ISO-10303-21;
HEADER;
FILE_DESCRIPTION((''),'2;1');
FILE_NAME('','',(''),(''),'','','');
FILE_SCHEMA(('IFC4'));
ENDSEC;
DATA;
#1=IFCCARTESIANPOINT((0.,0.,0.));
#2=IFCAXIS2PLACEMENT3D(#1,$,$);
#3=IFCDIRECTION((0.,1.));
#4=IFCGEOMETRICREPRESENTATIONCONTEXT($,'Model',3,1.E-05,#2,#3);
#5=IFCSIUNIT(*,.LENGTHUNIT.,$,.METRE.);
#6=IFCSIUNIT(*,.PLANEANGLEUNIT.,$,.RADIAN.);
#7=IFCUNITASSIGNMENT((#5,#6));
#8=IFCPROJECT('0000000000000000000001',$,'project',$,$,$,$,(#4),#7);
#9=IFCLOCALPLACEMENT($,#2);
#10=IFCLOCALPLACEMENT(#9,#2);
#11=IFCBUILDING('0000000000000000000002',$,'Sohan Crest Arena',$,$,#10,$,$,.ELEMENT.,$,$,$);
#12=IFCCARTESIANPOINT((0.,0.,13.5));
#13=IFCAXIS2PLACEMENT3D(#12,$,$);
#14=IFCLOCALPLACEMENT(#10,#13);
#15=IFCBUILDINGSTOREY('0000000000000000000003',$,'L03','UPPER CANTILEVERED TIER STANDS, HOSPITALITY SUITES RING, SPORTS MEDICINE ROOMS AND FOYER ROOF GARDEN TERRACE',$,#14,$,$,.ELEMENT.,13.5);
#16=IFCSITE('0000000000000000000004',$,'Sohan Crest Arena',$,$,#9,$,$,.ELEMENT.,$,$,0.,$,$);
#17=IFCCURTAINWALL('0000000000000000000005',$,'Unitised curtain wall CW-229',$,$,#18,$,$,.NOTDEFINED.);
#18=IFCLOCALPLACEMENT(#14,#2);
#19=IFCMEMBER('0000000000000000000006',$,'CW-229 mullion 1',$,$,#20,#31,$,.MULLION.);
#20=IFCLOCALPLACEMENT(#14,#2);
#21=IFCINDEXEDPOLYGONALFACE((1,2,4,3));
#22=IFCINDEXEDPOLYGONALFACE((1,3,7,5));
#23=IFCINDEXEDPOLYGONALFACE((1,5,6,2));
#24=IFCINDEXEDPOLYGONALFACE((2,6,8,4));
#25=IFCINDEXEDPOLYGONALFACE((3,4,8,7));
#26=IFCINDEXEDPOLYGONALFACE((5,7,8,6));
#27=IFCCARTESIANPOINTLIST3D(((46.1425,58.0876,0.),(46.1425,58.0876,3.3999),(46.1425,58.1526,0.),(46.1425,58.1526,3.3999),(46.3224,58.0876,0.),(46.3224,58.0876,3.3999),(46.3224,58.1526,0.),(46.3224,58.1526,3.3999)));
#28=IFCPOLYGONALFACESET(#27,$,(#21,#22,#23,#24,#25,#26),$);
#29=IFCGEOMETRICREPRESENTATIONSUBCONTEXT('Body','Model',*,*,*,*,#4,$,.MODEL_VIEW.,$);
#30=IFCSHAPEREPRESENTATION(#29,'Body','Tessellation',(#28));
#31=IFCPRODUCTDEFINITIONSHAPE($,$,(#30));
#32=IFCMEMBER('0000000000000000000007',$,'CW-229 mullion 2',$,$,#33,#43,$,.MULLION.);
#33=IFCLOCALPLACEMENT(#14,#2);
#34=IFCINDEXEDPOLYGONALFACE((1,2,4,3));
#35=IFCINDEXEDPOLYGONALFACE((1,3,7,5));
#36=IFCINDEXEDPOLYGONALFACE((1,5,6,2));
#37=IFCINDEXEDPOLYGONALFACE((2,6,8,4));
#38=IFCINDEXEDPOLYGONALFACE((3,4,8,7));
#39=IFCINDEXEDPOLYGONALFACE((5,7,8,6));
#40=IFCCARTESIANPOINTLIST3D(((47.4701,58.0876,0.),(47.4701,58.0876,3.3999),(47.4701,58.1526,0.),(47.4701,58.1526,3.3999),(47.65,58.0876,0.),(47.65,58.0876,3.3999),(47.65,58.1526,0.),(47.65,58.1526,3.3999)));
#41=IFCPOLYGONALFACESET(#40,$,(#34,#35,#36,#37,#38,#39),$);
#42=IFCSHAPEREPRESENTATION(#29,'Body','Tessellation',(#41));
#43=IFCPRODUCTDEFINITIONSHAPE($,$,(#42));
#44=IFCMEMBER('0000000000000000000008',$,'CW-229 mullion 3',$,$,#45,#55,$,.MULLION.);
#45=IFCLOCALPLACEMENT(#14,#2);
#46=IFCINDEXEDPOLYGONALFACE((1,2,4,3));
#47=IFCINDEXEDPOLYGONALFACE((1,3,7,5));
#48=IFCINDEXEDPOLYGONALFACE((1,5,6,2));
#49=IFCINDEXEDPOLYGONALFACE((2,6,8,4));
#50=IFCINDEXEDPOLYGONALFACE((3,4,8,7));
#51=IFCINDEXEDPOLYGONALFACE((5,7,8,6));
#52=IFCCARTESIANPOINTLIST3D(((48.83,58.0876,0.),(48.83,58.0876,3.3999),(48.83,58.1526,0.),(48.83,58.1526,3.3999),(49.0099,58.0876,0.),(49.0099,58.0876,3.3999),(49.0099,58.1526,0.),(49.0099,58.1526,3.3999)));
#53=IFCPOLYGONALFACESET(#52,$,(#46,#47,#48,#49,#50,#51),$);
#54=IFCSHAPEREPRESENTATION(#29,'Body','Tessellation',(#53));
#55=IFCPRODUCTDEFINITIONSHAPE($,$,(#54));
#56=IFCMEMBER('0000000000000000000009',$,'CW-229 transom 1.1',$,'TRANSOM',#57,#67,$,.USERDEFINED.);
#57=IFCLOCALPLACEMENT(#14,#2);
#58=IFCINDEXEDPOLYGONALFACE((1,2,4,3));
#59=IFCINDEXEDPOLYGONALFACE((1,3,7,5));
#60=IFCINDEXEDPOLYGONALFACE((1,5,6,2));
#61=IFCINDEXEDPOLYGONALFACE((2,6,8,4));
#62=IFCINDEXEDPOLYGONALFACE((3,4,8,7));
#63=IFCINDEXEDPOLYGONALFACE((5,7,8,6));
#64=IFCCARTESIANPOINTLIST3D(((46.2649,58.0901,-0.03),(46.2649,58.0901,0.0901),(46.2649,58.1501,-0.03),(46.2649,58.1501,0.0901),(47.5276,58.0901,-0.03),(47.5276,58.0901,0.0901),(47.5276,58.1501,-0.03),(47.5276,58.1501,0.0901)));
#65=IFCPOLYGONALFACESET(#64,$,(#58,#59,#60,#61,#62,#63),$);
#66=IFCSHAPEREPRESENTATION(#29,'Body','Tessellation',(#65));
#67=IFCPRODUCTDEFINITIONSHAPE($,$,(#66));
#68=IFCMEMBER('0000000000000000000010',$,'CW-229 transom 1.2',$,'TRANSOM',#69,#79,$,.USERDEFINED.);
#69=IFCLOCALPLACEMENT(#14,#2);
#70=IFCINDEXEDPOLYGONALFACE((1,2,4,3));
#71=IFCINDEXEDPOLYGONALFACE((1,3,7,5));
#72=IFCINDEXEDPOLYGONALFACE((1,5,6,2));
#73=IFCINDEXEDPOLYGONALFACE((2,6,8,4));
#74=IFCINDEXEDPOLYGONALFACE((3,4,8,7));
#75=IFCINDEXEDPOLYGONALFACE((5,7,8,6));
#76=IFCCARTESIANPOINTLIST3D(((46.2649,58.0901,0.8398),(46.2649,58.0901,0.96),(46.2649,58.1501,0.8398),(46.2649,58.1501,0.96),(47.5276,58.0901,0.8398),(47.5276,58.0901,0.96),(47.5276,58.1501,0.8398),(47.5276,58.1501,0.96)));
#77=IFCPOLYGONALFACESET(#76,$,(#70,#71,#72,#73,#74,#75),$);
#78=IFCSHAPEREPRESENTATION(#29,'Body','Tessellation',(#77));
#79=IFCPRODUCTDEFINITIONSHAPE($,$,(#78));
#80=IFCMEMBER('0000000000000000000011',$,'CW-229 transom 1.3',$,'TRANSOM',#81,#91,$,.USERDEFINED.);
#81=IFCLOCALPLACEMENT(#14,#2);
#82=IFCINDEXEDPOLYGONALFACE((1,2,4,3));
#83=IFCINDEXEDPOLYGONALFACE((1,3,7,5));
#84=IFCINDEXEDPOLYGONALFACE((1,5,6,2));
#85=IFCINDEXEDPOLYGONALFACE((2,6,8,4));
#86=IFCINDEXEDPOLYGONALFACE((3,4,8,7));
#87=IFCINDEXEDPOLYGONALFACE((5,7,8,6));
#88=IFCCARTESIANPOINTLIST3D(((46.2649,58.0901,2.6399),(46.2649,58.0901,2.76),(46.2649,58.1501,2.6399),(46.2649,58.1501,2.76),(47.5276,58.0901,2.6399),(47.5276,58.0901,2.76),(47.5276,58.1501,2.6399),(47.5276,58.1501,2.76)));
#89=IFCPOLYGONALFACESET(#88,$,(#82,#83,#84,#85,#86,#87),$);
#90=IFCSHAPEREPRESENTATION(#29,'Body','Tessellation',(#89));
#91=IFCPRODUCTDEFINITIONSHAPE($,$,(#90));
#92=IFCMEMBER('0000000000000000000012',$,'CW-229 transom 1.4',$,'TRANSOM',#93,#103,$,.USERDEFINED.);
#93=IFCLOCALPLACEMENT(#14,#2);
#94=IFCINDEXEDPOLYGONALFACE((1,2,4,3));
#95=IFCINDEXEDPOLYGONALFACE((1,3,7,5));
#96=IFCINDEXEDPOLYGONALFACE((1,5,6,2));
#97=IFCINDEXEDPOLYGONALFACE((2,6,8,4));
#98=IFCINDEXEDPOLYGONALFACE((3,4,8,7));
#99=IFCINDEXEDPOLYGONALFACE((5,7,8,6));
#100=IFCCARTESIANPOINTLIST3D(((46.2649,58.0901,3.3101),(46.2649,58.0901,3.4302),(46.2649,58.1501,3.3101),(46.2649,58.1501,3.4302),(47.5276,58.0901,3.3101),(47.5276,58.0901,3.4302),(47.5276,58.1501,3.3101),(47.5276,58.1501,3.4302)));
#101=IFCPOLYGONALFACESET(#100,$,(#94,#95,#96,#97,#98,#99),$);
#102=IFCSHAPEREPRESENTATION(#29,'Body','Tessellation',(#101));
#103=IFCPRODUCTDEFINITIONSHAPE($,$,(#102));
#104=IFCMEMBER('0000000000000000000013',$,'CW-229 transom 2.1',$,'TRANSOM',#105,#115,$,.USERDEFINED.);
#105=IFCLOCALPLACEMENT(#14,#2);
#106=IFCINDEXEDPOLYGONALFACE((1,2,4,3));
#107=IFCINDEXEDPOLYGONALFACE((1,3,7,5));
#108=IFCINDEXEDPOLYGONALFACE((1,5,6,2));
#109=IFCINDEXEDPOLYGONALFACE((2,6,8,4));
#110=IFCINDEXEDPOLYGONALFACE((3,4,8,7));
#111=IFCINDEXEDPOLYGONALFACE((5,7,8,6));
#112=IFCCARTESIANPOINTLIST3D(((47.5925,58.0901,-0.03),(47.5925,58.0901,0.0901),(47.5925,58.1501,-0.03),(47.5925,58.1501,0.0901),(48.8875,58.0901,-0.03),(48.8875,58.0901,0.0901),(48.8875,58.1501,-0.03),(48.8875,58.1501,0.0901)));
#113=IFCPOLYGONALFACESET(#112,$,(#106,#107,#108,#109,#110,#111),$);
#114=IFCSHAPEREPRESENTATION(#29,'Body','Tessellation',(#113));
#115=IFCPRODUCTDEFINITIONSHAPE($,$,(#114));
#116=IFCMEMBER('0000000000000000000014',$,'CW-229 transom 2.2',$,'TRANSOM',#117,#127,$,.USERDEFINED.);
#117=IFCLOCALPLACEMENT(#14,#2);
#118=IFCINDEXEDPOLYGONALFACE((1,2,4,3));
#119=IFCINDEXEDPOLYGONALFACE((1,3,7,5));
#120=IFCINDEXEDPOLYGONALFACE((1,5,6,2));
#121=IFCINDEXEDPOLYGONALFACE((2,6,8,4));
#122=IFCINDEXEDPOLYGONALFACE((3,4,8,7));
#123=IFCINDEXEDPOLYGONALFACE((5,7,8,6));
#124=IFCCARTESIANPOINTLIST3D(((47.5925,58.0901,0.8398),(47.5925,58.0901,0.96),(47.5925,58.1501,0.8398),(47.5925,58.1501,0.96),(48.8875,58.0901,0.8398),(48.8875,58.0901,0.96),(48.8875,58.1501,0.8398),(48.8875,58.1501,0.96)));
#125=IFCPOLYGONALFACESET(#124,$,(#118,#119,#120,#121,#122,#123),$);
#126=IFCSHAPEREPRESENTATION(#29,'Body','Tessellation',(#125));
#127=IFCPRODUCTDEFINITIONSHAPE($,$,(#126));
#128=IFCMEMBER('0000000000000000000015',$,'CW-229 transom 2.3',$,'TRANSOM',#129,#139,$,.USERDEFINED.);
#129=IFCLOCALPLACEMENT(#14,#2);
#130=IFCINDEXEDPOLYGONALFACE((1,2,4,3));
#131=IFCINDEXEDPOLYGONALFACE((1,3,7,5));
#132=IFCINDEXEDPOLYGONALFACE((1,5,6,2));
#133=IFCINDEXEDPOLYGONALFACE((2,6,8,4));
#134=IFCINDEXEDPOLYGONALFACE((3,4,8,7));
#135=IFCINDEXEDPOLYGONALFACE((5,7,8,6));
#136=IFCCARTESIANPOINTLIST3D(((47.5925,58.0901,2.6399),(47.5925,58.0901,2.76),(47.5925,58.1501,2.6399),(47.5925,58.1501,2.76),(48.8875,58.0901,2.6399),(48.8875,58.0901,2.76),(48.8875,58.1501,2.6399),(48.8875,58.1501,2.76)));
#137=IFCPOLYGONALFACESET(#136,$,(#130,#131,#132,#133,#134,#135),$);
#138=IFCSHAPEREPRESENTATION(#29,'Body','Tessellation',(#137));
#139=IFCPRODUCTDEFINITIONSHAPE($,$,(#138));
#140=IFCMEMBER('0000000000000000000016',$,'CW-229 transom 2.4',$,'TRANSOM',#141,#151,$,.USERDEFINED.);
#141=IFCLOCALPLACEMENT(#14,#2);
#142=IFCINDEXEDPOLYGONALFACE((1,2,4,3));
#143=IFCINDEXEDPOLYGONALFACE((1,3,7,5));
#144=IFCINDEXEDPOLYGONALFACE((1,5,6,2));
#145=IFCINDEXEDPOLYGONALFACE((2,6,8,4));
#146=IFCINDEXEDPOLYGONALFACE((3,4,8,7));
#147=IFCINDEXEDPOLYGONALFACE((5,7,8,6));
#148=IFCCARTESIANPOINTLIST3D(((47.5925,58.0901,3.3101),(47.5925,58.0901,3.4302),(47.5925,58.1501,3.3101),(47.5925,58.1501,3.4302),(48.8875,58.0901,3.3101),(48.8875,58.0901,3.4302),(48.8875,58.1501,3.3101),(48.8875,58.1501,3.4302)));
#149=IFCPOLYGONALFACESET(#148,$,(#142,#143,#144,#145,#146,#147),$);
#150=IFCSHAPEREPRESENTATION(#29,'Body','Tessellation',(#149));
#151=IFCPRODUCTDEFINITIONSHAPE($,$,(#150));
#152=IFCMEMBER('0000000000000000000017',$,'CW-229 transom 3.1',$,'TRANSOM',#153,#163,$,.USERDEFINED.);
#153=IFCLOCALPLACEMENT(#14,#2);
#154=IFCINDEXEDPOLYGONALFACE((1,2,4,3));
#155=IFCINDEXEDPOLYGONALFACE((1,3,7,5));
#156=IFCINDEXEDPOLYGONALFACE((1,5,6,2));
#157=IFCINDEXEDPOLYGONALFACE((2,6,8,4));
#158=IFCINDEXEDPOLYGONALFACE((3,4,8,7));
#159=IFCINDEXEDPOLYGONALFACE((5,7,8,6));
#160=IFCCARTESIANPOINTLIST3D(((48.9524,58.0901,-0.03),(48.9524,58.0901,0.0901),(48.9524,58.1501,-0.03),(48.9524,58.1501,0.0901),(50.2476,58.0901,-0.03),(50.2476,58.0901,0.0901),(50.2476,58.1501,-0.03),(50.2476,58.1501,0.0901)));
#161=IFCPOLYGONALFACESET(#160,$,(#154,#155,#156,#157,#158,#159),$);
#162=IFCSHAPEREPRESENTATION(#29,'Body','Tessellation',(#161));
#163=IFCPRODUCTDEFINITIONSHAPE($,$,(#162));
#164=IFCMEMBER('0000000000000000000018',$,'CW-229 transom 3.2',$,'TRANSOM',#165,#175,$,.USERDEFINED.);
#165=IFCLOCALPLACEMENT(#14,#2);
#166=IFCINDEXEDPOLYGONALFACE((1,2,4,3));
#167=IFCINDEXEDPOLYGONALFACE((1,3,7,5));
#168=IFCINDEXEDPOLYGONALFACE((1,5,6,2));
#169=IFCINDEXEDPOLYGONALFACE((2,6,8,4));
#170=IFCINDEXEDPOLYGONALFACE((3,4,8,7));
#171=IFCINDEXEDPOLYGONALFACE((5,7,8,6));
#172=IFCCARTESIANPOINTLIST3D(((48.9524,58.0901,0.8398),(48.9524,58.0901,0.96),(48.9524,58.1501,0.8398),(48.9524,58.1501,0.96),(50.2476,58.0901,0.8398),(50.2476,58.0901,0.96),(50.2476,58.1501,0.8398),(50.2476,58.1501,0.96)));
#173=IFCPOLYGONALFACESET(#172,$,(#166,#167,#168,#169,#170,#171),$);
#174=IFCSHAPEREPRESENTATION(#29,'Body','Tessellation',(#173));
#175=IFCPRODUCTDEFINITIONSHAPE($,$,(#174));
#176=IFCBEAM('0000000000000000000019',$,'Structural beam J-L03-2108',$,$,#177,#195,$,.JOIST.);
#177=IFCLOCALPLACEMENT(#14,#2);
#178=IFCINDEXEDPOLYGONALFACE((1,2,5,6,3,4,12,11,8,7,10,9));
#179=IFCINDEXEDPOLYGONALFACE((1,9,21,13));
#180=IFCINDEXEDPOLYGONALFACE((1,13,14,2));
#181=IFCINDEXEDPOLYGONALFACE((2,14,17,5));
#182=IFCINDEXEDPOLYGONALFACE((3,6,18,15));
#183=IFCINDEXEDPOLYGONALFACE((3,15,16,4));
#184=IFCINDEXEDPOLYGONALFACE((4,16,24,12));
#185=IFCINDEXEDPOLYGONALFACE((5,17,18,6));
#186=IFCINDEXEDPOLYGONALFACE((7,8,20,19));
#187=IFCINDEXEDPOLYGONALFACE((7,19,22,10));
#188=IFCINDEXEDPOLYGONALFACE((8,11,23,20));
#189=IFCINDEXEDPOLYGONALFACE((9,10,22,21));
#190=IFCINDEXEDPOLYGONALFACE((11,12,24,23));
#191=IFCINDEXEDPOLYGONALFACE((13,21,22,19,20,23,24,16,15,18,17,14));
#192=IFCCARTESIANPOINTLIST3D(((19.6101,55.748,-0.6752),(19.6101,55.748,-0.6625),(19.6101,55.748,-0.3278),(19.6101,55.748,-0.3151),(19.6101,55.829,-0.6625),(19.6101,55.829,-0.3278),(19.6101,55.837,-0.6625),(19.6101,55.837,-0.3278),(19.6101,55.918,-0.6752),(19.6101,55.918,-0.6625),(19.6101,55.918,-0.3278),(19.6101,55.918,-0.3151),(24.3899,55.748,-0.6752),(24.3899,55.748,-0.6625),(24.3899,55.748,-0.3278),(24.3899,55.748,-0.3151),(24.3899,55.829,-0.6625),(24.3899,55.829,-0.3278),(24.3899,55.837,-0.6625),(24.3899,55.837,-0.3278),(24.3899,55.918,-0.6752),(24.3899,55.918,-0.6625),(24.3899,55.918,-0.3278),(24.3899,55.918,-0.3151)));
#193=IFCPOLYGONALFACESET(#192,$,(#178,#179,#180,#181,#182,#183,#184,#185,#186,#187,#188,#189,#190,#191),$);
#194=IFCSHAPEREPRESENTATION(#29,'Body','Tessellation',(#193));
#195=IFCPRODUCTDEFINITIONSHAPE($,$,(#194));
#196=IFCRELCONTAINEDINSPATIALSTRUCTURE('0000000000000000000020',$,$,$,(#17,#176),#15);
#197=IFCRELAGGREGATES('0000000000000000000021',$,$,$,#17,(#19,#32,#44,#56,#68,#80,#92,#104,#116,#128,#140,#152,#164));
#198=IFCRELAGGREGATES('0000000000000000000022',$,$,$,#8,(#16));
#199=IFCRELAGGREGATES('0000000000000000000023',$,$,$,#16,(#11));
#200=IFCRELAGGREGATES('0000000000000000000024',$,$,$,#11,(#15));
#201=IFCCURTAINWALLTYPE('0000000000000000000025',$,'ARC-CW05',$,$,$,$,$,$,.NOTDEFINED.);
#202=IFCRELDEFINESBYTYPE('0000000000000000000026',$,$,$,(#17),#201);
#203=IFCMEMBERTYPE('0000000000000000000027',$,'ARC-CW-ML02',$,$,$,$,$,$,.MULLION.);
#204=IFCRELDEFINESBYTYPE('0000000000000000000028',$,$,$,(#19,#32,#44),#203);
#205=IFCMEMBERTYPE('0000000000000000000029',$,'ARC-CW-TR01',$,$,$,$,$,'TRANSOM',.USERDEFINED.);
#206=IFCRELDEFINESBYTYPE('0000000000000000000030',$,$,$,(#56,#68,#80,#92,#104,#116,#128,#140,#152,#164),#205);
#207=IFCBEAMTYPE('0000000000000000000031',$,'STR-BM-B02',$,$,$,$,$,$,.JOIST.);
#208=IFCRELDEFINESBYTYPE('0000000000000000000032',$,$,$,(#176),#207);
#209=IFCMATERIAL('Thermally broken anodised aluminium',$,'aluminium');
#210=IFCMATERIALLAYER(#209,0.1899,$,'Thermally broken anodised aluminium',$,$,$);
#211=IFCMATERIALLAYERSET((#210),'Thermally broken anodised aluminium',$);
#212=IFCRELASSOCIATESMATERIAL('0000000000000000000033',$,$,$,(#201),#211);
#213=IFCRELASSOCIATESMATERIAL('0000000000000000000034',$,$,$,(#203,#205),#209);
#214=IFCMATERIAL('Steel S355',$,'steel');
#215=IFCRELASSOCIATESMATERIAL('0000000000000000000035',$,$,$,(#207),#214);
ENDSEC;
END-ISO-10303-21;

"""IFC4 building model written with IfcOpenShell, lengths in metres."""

from ifc_helpers import new_model, si_unit, direction, frame, origin, origin_2d, place, context, subcontext, project, spatial, rectangle, i_section, extrude, material, layer, layer_set, material_profile, profile_set, type_object, element, aggregate, save


model = new_model("IFC4")

# Units and contexts
model_context = context("Model", 3, precision=1e-05, world=origin(), true_north=direction((0.0, 1.0)))
body_context = subcontext(model_context, "Body", "Model", "MODEL_VIEW")
ifc_project = project(units=[si_unit("LENGTHUNIT", "METRE"), si_unit("PLANEANGLEUNIT", "RADIAN")], contexts=[model_context])

# Site, building, storey
site_placement = place(None, origin())
site = spatial("IfcSite", under=ifc_project, at=site_placement, Name="Sohan Crest Arena", CompositionType="ELEMENT", RefElevation=0.0)
building_placement = place(site_placement, origin())
building = spatial("IfcBuilding", under=site, at=building_placement, Name="Sohan Crest Arena", CompositionType="ELEMENT")
storey_placement = place(building_placement, frame((0.0, 0.0, 13.5)))
storey = spatial("IfcBuildingStorey", under=building, at=storey_placement, Name="L03", Description="UPPER CANTILEVERED TIER STANDS, HOSPITALITY SUITES RING, SPORTS MEDICINE ROOMS AND FOYER ROOF GARDEN TERRACE", CompositionType="ELEMENT", Elevation=13.5)

# Curtain wall, members
ifc_material_1 = material(Name="Thermally broken anodised aluminium", Category="aluminium")
ifc_layer_1 = layer(ifc_material_1, 0.1899, Name="Thermally broken anodised aluminium")
ifc_layer_set_1 = layer_set([ifc_layer_1], Name="Thermally broken anodised aluminium")
curtain_wall_type = type_object("IfcCurtainWallType", Name="ARC-CW05", PredefinedType="NOTDEFINED", material=ifc_layer_set_1)
curtain_wall_placement = place(storey_placement, origin())
curtain_wall = element("IfcCurtainWall", 1, at=curtain_wall_placement, inside=storey, type_object=curtain_wall_type, Name="Unitised curtain wall CW-229", PredefinedType="NOTDEFINED")
ifc_material_profile_1 = material_profile(ifc_material_1, rectangle(XDim=0.0649, YDim=0.1799, at=origin_2d()), Name="ALU-MULL 65x180")
ifc_profile_set_1 = profile_set([ifc_material_profile_1], Name="Thermally broken anodised aluminium")
member_type_1 = type_object("IfcMemberType", Name="ARC-CW-ML02", PredefinedType="MULLION", material=ifc_profile_set_1)
member_1_placement = place(storey_placement, frame((46.2324, 58.1201, 0.0), z_axis=(0.0, 0.0, 1.0), x_axis=(0.0, 1.0, 0.0)))
member_1 = element("IfcMember", 2, at=member_1_placement, type_object=member_type_1, Name="CW-229 mullion 1", PredefinedType="MULLION", context=body_context, shape_type="SweptSolid", body=[
    extrude(rectangle(XDim=0.0649, YDim=0.1799, at=origin_2d()), origin(), (0.0, 0.0, 1.0), 3.3999),
])
member_2_placement = place(storey_placement, frame((47.5601, 58.1201, 0.0), z_axis=(0.0, 0.0, 1.0), x_axis=(0.0, 1.0, 0.0)))
member_2 = element("IfcMember", 3, at=member_2_placement, type_object=member_type_1, Name="CW-229 mullion 2", PredefinedType="MULLION", context=body_context, shape_type="SweptSolid", body=[
    extrude(rectangle(XDim=0.0649, YDim=0.1799, at=origin_2d()), origin(), (0.0, 0.0, 1.0), 3.3999),
])
member_3_placement = place(storey_placement, frame((48.9199, 58.1201, 0.0), z_axis=(0.0, 0.0, 1.0), x_axis=(0.0, 1.0, 0.0)))
member_3 = element("IfcMember", 4, at=member_3_placement, type_object=member_type_1, Name="CW-229 mullion 3", PredefinedType="MULLION", context=body_context, shape_type="SweptSolid", body=[
    extrude(rectangle(XDim=0.0649, YDim=0.1799, at=origin_2d()), origin(), (0.0, 0.0, 1.0), 3.3999),
])
ifc_material_profile_2 = material_profile(ifc_material_1, rectangle(XDim=0.0601, YDim=0.1201, at=origin_2d()), Name="ALU-TRAN 60x120")
ifc_profile_set_2 = profile_set([ifc_material_profile_2], Name="Thermally broken anodised aluminium")
member_type_2 = type_object("IfcMemberType", Name="ARC-CW-TR01", ElementType="TRANSOM", PredefinedType="USERDEFINED", material=ifc_profile_set_2)
member_4_placement = place(storey_placement, frame((46.2649, 58.1201, 0.03), z_axis=(1.0, 0.0, 0.0), x_axis=(0.0, 1.0, 0.0)))
member_4 = element("IfcMember", 5, at=member_4_placement, type_object=member_type_2, Name="CW-229 transom 1.1", ObjectType="TRANSOM", PredefinedType="USERDEFINED", context=body_context, shape_type="SweptSolid", body=[
    extrude(rectangle(XDim=0.0601, YDim=0.1201, at=origin_2d()), origin(), (0.0, 0.0, 1.0), 1.2627),
])
member_5_placement = place(storey_placement, frame((46.2649, 58.1201, 0.8999), z_axis=(1.0, 0.0, 0.0), x_axis=(0.0, 1.0, 0.0)))
member_5 = element("IfcMember", 6, at=member_5_placement, type_object=member_type_2, Name="CW-229 transom 1.2", ObjectType="TRANSOM", PredefinedType="USERDEFINED", context=body_context, shape_type="SweptSolid", body=[
    extrude(rectangle(XDim=0.0601, YDim=0.1201, at=origin_2d()), origin(), (0.0, 0.0, 1.0), 1.2627),
])
member_6_placement = place(storey_placement, frame((46.2649, 58.1201, 2.7), z_axis=(1.0, 0.0, 0.0), x_axis=(0.0, 1.0, 0.0)))
member_6 = element("IfcMember", 7, at=member_6_placement, type_object=member_type_2, Name="CW-229 transom 1.3", ObjectType="TRANSOM", PredefinedType="USERDEFINED", context=body_context, shape_type="SweptSolid", body=[
    extrude(rectangle(XDim=0.0601, YDim=0.1201, at=origin_2d()), origin(), (0.0, 0.0, 1.0), 1.2627),
])
member_7_placement = place(storey_placement, frame((46.2649, 58.1201, 3.3701), z_axis=(1.0, 0.0, 0.0), x_axis=(0.0, 1.0, 0.0)))
member_7 = element("IfcMember", 8, at=member_7_placement, type_object=member_type_2, Name="CW-229 transom 1.4", ObjectType="TRANSOM", PredefinedType="USERDEFINED", context=body_context, shape_type="SweptSolid", body=[
    extrude(rectangle(XDim=0.0601, YDim=0.1201, at=origin_2d()), origin(), (0.0, 0.0, 1.0), 1.2627),
])
member_8_placement = place(storey_placement, frame((47.5925, 58.1201, 0.03), z_axis=(1.0, 0.0, 0.0), x_axis=(0.0, 1.0, 0.0)))
member_8 = element("IfcMember", 9, at=member_8_placement, type_object=member_type_2, Name="CW-229 transom 2.1", ObjectType="TRANSOM", PredefinedType="USERDEFINED", context=body_context, shape_type="SweptSolid", body=[
    extrude(rectangle(XDim=0.0601, YDim=0.1201, at=origin_2d()), origin(), (0.0, 0.0, 1.0), 1.2949),
])
member_9_placement = place(storey_placement, frame((47.5925, 58.1201, 0.8999), z_axis=(1.0, 0.0, 0.0), x_axis=(0.0, 1.0, 0.0)))
member_9 = element("IfcMember", 10, at=member_9_placement, type_object=member_type_2, Name="CW-229 transom 2.2", ObjectType="TRANSOM", PredefinedType="USERDEFINED", context=body_context, shape_type="SweptSolid", body=[
    extrude(rectangle(XDim=0.0601, YDim=0.1201, at=origin_2d()), origin(), (0.0, 0.0, 1.0), 1.2949),
])
member_10_placement = place(storey_placement, frame((47.5925, 58.1201, 2.7), z_axis=(1.0, 0.0, 0.0), x_axis=(0.0, 1.0, 0.0)))
member_10 = element("IfcMember", 11, at=member_10_placement, type_object=member_type_2, Name="CW-229 transom 2.3", ObjectType="TRANSOM", PredefinedType="USERDEFINED", context=body_context, shape_type="SweptSolid", body=[
    extrude(rectangle(XDim=0.0601, YDim=0.1201, at=origin_2d()), origin(), (0.0, 0.0, 1.0), 1.2949),
])
member_11_placement = place(storey_placement, frame((47.5925, 58.1201, 3.3701), z_axis=(1.0, 0.0, 0.0), x_axis=(0.0, 1.0, 0.0)))
member_11 = element("IfcMember", 12, at=member_11_placement, type_object=member_type_2, Name="CW-229 transom 2.4", ObjectType="TRANSOM", PredefinedType="USERDEFINED", context=body_context, shape_type="SweptSolid", body=[
    extrude(rectangle(XDim=0.0601, YDim=0.1201, at=origin_2d()), origin(), (0.0, 0.0, 1.0), 1.2949),
])
member_12_placement = place(storey_placement, frame((48.9524, 58.1201, 0.03), z_axis=(1.0, 0.0, 0.0), x_axis=(0.0, 1.0, 0.0)))
member_12 = element("IfcMember", 13, at=member_12_placement, type_object=member_type_2, Name="CW-229 transom 3.1", ObjectType="TRANSOM", PredefinedType="USERDEFINED", context=body_context, shape_type="SweptSolid", body=[
    extrude(rectangle(XDim=0.0601, YDim=0.1201, at=origin_2d()), origin(), (0.0, 0.0, 1.0), 1.2952),
])
member_13_placement = place(storey_placement, frame((48.9524, 58.1201, 0.8999), z_axis=(1.0, 0.0, 0.0), x_axis=(0.0, 1.0, 0.0)))
member_13 = element("IfcMember", 14, at=member_13_placement, type_object=member_type_2, Name="CW-229 transom 3.2", ObjectType="TRANSOM", PredefinedType="USERDEFINED", context=body_context, shape_type="SweptSolid", body=[
    extrude(rectangle(XDim=0.0601, YDim=0.1201, at=origin_2d()), origin(), (0.0, 0.0, 1.0), 1.2952),
])

# Beam
ifc_material_2 = material(Name="Steel S355", Category="steel")
ifc_material_profile_3 = material_profile(ifc_material_2, i_section(OverallWidth=0.1699, OverallDepth=0.3601, WebThickness=0.0081, FlangeThickness=0.0127, at=origin_2d()), Name="IPE 360")
ifc_profile_set_3 = profile_set([ifc_material_profile_3], Name="Steel S355")
beam_type_1 = type_object("IfcBeamType", Name="STR-BM-B02", PredefinedType="JOIST", material=ifc_profile_set_3)
beam_1_placement = place(storey_placement, frame((19.6101, 55.833, -0.4951), z_axis=(1.0, 0.0, 0.0), x_axis=(0.0, 1.0, 0.0)))
element("IfcBeam", 15, at=beam_1_placement, inside=storey, type_object=beam_type_1, Name="Structural beam J-L03-2108", PredefinedType="JOIST", context=body_context, shape_type="SweptSolid", body=[
    extrude(i_section(OverallWidth=0.1699, OverallDepth=0.3601, WebThickness=0.0081, FlangeThickness=0.0127, at=origin_2d()), origin(), (0.0, 0.0, 1.0), 4.7798),
])

aggregate(curtain_wall, [member_1, member_2, member_3, member_4, member_5, member_6, member_7, member_8, member_9, member_10, member_11, member_12, member_13])

save(model, "model.ifc")
